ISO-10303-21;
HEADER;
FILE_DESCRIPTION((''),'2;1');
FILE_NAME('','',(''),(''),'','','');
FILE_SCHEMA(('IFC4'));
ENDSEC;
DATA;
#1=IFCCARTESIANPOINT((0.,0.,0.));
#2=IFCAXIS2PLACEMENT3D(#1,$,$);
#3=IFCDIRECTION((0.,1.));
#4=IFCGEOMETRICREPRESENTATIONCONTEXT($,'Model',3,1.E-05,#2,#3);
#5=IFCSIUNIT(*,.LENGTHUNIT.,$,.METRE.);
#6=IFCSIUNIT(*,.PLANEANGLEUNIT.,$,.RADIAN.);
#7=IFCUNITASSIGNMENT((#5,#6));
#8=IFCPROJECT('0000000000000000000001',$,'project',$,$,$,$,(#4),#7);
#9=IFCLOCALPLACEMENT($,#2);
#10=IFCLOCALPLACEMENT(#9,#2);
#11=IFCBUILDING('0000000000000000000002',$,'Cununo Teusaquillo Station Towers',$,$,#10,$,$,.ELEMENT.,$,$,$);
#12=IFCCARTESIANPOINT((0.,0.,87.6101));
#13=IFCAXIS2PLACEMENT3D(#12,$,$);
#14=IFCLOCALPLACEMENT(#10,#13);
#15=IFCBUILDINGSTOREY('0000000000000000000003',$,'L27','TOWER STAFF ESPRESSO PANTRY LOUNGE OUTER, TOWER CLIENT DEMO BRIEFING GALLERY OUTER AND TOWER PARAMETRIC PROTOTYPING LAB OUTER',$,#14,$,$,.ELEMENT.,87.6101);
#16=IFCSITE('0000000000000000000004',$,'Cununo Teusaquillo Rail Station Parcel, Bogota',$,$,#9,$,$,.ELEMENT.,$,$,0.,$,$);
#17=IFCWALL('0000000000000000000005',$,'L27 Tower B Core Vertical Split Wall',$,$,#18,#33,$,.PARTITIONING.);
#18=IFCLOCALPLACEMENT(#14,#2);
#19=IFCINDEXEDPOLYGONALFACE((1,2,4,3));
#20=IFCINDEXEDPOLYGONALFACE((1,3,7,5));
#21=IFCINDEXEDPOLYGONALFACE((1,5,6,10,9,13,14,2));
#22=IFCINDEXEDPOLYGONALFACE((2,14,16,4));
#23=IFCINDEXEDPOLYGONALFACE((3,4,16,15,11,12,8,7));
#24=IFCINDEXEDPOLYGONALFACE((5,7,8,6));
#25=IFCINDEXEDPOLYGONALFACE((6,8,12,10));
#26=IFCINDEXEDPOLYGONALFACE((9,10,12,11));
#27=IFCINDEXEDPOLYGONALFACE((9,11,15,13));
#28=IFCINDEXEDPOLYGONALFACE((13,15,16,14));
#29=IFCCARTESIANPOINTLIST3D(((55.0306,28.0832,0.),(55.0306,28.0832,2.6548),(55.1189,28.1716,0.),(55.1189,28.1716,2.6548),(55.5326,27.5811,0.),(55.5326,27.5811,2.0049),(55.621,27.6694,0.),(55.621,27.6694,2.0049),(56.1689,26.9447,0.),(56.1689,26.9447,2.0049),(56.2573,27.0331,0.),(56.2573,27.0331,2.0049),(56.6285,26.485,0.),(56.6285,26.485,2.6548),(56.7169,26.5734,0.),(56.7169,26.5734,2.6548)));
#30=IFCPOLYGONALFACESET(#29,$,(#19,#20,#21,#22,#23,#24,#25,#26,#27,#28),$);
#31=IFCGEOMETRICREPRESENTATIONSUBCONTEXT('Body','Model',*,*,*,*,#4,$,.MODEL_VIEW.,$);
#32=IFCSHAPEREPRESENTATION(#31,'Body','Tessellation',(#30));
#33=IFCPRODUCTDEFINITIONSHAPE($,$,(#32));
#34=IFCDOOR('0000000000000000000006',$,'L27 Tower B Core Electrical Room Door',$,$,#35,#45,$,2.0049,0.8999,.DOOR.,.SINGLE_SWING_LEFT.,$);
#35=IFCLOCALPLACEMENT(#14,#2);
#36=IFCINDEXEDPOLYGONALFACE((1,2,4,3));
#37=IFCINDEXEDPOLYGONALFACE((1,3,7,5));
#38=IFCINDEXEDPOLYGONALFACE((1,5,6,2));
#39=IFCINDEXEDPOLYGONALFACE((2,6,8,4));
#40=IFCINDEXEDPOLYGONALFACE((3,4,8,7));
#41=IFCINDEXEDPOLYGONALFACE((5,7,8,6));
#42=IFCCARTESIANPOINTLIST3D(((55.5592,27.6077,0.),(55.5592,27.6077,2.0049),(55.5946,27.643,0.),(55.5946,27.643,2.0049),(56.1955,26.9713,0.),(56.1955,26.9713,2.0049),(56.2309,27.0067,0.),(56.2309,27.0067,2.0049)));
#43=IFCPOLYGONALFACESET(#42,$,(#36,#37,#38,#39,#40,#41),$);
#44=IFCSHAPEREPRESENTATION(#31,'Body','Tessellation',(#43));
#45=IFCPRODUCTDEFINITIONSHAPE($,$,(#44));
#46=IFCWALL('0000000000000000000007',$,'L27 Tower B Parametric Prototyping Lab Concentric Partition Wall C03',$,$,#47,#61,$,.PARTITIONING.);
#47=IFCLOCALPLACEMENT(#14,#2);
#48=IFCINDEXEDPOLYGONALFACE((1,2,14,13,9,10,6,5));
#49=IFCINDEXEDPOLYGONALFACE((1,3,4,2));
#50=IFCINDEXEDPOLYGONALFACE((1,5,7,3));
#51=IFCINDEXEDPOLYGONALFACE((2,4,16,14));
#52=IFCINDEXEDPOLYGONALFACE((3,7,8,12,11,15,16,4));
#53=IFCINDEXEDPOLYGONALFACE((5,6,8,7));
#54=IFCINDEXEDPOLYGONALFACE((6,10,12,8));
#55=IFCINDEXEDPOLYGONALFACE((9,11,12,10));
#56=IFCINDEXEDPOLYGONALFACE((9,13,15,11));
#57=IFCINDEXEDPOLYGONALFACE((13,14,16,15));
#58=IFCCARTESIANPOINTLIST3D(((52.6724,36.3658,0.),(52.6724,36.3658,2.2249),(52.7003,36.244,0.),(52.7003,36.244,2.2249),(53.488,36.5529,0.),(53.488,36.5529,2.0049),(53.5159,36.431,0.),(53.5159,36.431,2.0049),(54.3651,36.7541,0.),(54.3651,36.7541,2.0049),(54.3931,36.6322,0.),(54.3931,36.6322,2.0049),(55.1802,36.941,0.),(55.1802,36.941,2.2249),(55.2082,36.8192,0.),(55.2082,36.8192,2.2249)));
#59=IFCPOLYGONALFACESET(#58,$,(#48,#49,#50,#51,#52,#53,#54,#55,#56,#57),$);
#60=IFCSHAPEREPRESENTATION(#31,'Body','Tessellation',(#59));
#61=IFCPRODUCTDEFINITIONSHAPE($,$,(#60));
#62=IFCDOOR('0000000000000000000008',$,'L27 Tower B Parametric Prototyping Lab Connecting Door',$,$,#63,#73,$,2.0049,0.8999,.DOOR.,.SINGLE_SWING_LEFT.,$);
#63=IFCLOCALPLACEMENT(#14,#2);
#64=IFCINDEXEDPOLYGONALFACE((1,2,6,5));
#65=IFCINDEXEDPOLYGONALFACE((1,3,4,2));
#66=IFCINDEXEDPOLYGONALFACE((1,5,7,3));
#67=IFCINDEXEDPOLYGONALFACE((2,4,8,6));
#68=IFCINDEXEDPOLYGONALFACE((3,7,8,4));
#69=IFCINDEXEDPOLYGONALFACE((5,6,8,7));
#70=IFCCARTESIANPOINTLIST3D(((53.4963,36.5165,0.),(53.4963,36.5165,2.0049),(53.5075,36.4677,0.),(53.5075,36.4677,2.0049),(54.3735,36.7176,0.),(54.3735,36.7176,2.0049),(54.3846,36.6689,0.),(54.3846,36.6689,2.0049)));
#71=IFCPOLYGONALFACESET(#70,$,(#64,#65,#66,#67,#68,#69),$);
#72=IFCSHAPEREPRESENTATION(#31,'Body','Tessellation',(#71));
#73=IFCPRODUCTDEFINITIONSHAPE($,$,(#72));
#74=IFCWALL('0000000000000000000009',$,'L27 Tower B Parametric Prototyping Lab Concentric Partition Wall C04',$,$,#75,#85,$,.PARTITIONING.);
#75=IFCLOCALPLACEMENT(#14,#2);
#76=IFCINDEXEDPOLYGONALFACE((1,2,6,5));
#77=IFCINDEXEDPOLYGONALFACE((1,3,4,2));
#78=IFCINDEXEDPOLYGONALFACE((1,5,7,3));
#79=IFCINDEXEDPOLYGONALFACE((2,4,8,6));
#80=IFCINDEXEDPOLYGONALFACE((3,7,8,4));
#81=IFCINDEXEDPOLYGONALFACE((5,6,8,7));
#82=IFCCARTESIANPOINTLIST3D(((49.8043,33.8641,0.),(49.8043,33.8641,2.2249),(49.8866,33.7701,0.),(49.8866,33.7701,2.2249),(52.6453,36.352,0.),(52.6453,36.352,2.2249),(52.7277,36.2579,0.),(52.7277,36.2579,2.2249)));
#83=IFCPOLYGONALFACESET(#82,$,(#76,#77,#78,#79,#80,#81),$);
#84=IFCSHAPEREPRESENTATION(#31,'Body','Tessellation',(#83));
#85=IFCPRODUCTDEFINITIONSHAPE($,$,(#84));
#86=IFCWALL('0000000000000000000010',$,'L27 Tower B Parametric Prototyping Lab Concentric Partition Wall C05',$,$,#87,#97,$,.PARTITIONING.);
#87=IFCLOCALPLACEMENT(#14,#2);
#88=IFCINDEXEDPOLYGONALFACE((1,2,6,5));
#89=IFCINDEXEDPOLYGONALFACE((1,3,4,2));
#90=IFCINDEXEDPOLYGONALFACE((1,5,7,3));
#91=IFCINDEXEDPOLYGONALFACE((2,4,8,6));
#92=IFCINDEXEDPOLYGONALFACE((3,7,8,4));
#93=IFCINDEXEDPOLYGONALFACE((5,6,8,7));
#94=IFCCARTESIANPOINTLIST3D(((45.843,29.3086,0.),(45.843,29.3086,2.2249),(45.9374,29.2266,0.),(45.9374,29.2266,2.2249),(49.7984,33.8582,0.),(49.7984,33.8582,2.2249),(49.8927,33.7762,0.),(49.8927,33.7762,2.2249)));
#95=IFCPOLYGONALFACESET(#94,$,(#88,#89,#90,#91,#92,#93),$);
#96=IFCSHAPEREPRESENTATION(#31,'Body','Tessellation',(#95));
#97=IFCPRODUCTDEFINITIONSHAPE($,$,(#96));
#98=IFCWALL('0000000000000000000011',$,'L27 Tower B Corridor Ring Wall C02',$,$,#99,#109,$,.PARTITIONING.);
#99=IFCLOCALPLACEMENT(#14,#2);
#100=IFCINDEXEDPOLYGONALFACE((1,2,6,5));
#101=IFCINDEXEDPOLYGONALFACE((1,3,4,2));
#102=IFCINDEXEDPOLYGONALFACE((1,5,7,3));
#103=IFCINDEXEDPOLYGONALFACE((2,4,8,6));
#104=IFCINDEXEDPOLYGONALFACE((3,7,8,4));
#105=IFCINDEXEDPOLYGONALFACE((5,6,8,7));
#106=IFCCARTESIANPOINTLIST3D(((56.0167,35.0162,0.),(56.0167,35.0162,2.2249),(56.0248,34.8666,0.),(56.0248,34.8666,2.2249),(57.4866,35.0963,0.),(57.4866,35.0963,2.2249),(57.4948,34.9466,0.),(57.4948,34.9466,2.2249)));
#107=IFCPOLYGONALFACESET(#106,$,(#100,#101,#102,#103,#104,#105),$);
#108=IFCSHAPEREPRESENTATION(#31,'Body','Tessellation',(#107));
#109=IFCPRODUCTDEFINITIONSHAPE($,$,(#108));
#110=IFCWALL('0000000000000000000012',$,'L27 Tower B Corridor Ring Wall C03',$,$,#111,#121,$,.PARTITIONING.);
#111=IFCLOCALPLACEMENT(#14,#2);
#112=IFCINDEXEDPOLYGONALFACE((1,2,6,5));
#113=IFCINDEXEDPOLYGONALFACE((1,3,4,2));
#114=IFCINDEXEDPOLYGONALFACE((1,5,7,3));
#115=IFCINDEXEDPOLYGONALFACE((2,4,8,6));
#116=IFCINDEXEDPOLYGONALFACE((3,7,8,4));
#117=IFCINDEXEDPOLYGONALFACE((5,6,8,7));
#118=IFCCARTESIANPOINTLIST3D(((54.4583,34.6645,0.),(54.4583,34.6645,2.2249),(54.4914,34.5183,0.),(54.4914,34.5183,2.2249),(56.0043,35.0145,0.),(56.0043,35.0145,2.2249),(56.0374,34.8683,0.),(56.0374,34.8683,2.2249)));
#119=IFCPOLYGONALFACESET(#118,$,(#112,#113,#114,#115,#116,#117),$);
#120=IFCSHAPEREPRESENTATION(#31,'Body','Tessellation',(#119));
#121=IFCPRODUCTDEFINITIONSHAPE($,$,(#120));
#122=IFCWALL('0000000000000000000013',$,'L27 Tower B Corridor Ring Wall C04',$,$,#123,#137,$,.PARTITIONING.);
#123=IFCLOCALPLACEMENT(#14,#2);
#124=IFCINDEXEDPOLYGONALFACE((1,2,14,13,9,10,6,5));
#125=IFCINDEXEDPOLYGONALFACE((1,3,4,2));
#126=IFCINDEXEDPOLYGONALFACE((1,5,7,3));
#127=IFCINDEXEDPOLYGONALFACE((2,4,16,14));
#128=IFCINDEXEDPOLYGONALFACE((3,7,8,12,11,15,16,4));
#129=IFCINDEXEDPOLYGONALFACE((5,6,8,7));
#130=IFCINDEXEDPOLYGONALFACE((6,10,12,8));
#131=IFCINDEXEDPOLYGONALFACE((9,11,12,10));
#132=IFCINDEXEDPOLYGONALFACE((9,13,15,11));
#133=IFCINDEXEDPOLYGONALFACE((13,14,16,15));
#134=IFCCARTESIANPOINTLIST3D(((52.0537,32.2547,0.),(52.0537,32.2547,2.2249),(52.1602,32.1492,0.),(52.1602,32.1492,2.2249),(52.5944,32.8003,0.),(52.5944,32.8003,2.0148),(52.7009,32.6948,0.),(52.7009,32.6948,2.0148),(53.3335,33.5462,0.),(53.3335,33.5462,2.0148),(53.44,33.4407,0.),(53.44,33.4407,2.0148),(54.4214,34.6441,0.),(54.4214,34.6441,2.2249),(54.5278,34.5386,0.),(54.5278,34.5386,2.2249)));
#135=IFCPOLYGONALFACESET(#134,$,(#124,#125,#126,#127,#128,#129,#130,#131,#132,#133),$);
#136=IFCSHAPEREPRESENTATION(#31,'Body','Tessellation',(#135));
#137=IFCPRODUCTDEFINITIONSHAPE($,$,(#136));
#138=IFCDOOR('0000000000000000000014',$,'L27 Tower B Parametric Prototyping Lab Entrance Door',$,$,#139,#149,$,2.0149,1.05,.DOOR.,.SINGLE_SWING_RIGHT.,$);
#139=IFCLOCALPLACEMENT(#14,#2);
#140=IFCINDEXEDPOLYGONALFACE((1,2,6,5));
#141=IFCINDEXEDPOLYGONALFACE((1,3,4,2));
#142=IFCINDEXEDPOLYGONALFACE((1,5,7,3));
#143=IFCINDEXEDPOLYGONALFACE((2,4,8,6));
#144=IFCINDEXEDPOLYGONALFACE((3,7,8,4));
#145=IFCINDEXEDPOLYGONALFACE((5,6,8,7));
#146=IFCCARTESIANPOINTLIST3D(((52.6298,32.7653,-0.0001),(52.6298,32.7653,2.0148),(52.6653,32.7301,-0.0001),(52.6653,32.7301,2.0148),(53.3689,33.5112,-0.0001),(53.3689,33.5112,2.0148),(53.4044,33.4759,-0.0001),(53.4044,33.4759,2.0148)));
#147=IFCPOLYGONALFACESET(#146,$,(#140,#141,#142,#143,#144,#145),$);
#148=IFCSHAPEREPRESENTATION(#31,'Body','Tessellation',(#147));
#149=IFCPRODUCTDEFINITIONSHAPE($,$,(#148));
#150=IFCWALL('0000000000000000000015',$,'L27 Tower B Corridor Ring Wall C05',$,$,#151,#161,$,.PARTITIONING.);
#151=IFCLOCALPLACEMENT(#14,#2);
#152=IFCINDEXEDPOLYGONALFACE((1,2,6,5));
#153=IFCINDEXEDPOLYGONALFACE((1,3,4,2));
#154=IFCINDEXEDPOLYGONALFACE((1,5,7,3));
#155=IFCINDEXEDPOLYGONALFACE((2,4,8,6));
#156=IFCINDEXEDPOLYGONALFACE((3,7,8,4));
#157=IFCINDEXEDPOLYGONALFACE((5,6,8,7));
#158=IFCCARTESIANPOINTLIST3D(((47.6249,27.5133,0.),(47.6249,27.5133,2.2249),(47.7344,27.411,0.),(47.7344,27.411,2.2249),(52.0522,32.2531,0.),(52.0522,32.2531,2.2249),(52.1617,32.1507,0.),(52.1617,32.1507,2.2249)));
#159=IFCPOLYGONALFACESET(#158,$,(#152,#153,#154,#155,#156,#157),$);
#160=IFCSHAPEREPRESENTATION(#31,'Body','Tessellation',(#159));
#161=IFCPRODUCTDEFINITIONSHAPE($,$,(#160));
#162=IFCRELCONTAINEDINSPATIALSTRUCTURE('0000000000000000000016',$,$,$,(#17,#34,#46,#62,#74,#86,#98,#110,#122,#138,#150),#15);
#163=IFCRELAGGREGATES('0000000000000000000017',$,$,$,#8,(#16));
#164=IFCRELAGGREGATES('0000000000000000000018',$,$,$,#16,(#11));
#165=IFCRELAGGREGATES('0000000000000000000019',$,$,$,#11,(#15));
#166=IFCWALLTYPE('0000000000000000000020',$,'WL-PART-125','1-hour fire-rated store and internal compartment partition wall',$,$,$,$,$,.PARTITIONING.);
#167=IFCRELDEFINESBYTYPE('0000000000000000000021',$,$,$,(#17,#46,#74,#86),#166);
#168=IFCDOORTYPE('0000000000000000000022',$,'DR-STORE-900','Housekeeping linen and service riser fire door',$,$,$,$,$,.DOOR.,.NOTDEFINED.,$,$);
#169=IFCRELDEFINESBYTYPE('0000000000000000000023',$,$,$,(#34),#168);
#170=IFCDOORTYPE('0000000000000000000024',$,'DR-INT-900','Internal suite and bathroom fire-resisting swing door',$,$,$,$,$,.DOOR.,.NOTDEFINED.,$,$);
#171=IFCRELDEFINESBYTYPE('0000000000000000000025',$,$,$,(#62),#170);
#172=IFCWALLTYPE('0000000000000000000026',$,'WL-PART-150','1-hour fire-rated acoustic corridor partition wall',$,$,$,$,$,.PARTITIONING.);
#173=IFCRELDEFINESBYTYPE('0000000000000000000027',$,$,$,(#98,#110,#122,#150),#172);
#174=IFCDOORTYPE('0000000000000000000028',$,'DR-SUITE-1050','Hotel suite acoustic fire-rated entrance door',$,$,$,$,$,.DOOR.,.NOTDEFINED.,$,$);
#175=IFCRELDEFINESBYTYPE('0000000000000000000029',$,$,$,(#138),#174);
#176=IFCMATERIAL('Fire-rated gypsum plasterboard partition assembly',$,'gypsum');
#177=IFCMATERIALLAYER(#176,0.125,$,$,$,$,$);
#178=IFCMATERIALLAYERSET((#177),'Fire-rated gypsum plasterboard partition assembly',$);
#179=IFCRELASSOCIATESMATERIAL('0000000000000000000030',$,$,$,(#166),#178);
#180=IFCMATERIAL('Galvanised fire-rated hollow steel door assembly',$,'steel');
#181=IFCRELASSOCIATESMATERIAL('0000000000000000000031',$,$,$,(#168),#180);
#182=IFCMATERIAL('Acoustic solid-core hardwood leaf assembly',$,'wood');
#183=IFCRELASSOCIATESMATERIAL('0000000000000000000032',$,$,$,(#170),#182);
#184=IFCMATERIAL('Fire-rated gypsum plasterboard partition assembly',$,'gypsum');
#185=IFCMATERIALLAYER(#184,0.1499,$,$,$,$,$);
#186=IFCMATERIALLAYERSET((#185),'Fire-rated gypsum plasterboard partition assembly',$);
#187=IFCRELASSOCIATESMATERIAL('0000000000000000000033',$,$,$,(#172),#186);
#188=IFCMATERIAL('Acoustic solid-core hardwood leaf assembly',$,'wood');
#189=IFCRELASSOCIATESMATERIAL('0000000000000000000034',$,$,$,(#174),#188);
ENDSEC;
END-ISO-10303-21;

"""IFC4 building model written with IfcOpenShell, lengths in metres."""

from ifc_helpers import new_model, si_unit, direction, frame, frame_2d, origin, place, context, subcontext, project, spatial, rectangle, extrude, source, transform, mapped, material, layer, layer_set, type_object, element, fill, save


model = new_model("IFC4")

# Units and contexts
model_context = context("Model", 3, precision=1e-05, world=origin(), true_north=direction((0.0, 1.0)))
body_context = subcontext(model_context, "Body", "Model", "MODEL_VIEW")
ifc_project = project(units=[si_unit("LENGTHUNIT", "METRE"), si_unit("PLANEANGLEUNIT", "RADIAN")], contexts=[model_context])

# Site, building, storey
site_placement = place(None, origin())
site = spatial("IfcSite", under=ifc_project, at=site_placement, Name="Cununo Teusaquillo Rail Station Parcel, Bogota", CompositionType="ELEMENT", RefElevation=0.0)
building_placement = place(site_placement, origin())
building = spatial("IfcBuilding", under=site, at=building_placement, Name="Cununo Teusaquillo Station Towers", CompositionType="ELEMENT")
storey_placement = place(building_placement, frame((0.0, 0.0, 87.6101)))
storey = spatial("IfcBuildingStorey", under=building, at=storey_placement, Name="L27", Description="TOWER STAFF ESPRESSO PANTRY LOUNGE OUTER, TOWER CLIENT DEMO BRIEFING GALLERY OUTER AND TOWER PARAMETRIC PROTOTYPING LAB OUTER", CompositionType="ELEMENT", Elevation=87.6101)

# Walls, openings, doors
ifc_material_1 = material(Name="Fire-rated gypsum plasterboard partition assembly", Category="gypsum")
ifc_layer_1 = layer(ifc_material_1, 0.125)
ifc_layer_set_1 = layer_set([ifc_layer_1], Name="Fire-rated gypsum plasterboard partition assembly")
wall_type_1 = type_object("IfcWallType", Name="WL-PART-125", Description="1-hour fire-rated store and internal compartment partition wall", PredefinedType="PARTITIONING", material=ifc_layer_set_1)
wall_1_placement = place(storey_placement, frame((56.6726, 26.5293, 0.0), z_axis=(0.0, 0.0, 1.0), x_axis=(-0.707053, 0.707161, 0.0)))
wall_1 = element("IfcWall", 1, at=wall_1_placement, inside=storey, type_object=wall_type_1, Name="L27 Tower B Core Vertical Split Wall", PredefinedType="PARTITIONING", context=body_context, shape_type="SweptSolid", body=[
    extrude(rectangle(XDim=2.26, YDim=0.125, at=frame_2d((1.1299, 0.0))), origin(), (0.0, 0.0, 1.0), 2.6548),
])
shared_shape_1 = source(origin(), body_context, "Body", "SweptSolid", [
    extrude(rectangle(XDim=0.8999, YDim=2.0049, at=frame_2d((0.45, 1.0024))), frame((0.0, 0.0725, 0.0), z_axis=(0.0, -1.0, 0.0), x_axis=(1.0, 0.0, 0.0)), (0.0, 0.0, 1.0), 0.145),
])
opening_1_placement = place(wall_1_placement, frame((0.6499, 0.0, 0.0)))
opening_1 = element("IfcOpeningElement", 2, at=opening_1_placement, cuts=wall_1, PredefinedType="OPENING", context=body_context, shape_type="MappedRepresentation", body=[
    mapped(shared_shape_1, transform((0.0, 0.0, 0.0), x_axis=(1.0, 0.0, 0.0), y_axis=(0.0, 1.0, 0.0), z_axis=(0.0, 0.0, 1.0), scale=1.0)),
])
ifc_material_2 = material(Name="Galvanised fire-rated hollow steel door assembly", Category="steel")
door_type_1 = type_object("IfcDoorType", Name="DR-STORE-900", Description="Housekeeping linen and service riser fire door", OperationType="NOTDEFINED", PredefinedType="DOOR", material=ifc_material_2)
shared_shape_2 = source(origin(), body_context, "Body", "SweptSolid", [
    extrude(rectangle(XDim=0.8999, YDim=2.0049, at=frame_2d((0.45, 1.0024))), frame((0.0, 0.0249, 0.0), z_axis=(0.0, -1.0, 0.0), x_axis=(1.0, 0.0, 0.0)), (0.0, 0.0, 1.0), 0.05),
])
door_1_placement = place(opening_1_placement, origin())
door_1 = element("IfcDoor", 3, at=door_1_placement, inside=storey, type_object=door_type_1, Name="L27 Tower B Core Electrical Room Door", OperationType="SINGLE_SWING_LEFT", OverallHeight=2.0049, OverallWidth=0.8999, PredefinedType="DOOR", context=body_context, shape_type="MappedRepresentation", body=[
    mapped(shared_shape_2, transform((0.0, 0.0, 0.0), x_axis=(1.0, 0.0, 0.0), y_axis=(0.0, 1.0, 0.0), z_axis=(0.0, 0.0, 1.0), scale=1.0)),
])
fill(opening_1, door_1)
wall_2_placement = place(storey_placement, frame((55.1943, 36.8801, 0.0), z_axis=(0.0, 0.0, 1.0), x_axis=(-0.974691, -0.223556, 0.0)))
wall_2 = element("IfcWall", 4, at=wall_2_placement, inside=storey, type_object=wall_type_1, Name="L27 Tower B Parametric Prototyping Lab Concentric Partition Wall C03", PredefinedType="PARTITIONING", context=body_context, shape_type="SweptSolid", body=[
    extrude(rectangle(XDim=2.573, YDim=0.125, at=frame_2d((1.2866, 0.0))), origin(), (0.0, 0.0, 1.0), 2.2249),
])
opening_2_placement = place(wall_2_placement, frame((0.8364, 0.0, 0.0)))
opening_2 = element("IfcOpeningElement", 5, at=opening_2_placement, cuts=wall_2, PredefinedType="OPENING", context=body_context, shape_type="MappedRepresentation", body=[
    mapped(shared_shape_1, transform((0.0, 0.0, 0.0), x_axis=(1.0, 0.0, 0.0), y_axis=(0.0, 1.0, 0.0), z_axis=(0.0, 0.0, 1.0), scale=1.0)),
])
ifc_material_3 = material(Name="Acoustic solid-core hardwood leaf assembly", Category="wood")
door_type_2 = type_object("IfcDoorType", Name="DR-INT-900", Description="Internal suite and bathroom fire-resisting swing door", OperationType="NOTDEFINED", PredefinedType="DOOR", material=ifc_material_3)
door_2_placement = place(opening_2_placement, origin())
door_2 = element("IfcDoor", 6, at=door_2_placement, inside=storey, type_object=door_type_2, Name="L27 Tower B Parametric Prototyping Lab Connecting Door", OperationType="SINGLE_SWING_LEFT", OverallHeight=2.0049, OverallWidth=0.8999, PredefinedType="DOOR", context=body_context, shape_type="MappedRepresentation", body=[
    mapped(shared_shape_2, transform((0.0, 0.0, 0.0), x_axis=(1.0, 0.0, 0.0), y_axis=(0.0, 1.0, 0.0), z_axis=(0.0, 0.0, 1.0), scale=1.0)),
])
fill(opening_2, door_2)

# Walls
wall_3_placement = place(storey_placement, frame((52.6865, 36.3049, 0.0), z_axis=(0.0, 0.0, 1.0), x_axis=(-0.752332, -0.658784, 0.0)))
element("IfcWall", 7, at=wall_3_placement, inside=storey, type_object=wall_type_1, Name="L27 Tower B Parametric Prototyping Lab Concentric Partition Wall C04", PredefinedType="PARTITIONING", context=body_context, shape_type="SweptSolid", body=[
    extrude(rectangle(XDim=3.7764, YDim=0.125, at=frame_2d((1.8882, 0.0))), origin(), (0.0, 0.0, 1.0), 2.2249),
])
wall_4_placement = place(storey_placement, frame((49.8455, 33.8171, 0.0), z_axis=(0.0, 0.0, 1.0), x_axis=(-0.656102, -0.754673, 0.0)))
element("IfcWall", 8, at=wall_4_placement, inside=storey, type_object=wall_type_1, Name="L27 Tower B Parametric Prototyping Lab Concentric Partition Wall C05", PredefinedType="PARTITIONING", context=body_context, shape_type="SweptSolid", body=[
    extrude(rectangle(XDim=6.0286, YDim=0.125, at=frame_2d((3.0142, 0.0))), origin(), (0.0, 0.0, 1.0), 2.2249),
])
ifc_material_4 = material(Name="Fire-rated gypsum plasterboard partition assembly", Category="gypsum")
ifc_layer_2 = layer(ifc_material_4, 0.1499)
ifc_layer_set_2 = layer_set([ifc_layer_2], Name="Fire-rated gypsum plasterboard partition assembly")
wall_type_2 = type_object("IfcWallType", Name="WL-PART-150", Description="1-hour fire-rated acoustic corridor partition wall", PredefinedType="PARTITIONING", material=ifc_layer_set_2)
wall_5_placement = place(storey_placement, frame((57.4907, 35.0215, 0.0), z_axis=(0.0, 0.0, 1.0), x_axis=(-0.998519, -0.054395, 0.0)))
element("IfcWall", 9, at=wall_5_placement, inside=storey, type_object=wall_type_2, Name="L27 Tower B Corridor Ring Wall C02", PredefinedType="PARTITIONING", context=body_context, shape_type="SweptSolid", body=[
    extrude(rectangle(XDim=1.4722, YDim=0.1499, at=frame_2d((0.7361, 0.0))), origin(), (0.0, 0.0, 1.0), 2.2249),
])
wall_6_placement = place(storey_placement, frame((56.0208, 34.9414, 0.0), z_axis=(0.0, 0.0, 1.0), x_axis=(-0.97531, -0.220842, 0.0)))
element("IfcWall", 10, at=wall_6_placement, inside=storey, type_object=wall_type_2, Name="L27 Tower B Corridor Ring Wall C03", PredefinedType="PARTITIONING", context=body_context, shape_type="SweptSolid", body=[
    extrude(rectangle(XDim=1.5852, YDim=0.1499, at=frame_2d((0.7925, 0.0))), origin(), (0.0, 0.0, 1.0), 2.2249),
])

# Wall, opening, door
wall_7_placement = place(storey_placement, frame((54.4746, 34.5913, 0.0), z_axis=(0.0, 0.0, 1.0), x_axis=(-0.70387, -0.710329, 0.0)))
wall_7 = element("IfcWall", 11, at=wall_7_placement, inside=storey, type_object=wall_type_2, Name="L27 Tower B Corridor Ring Wall C04", PredefinedType="PARTITIONING", context=body_context, shape_type="SweptSolid", body=[
    extrude(rectangle(XDim=3.3638, YDim=0.1499, at=frame_2d((1.6819, 0.0))), origin(), (0.0, 0.0, 1.0), 2.2249),
])
shared_shape_3 = source(origin(), body_context, "Body", "SweptSolid", [
    extrude(rectangle(XDim=1.05, YDim=2.0149, at=frame_2d((0.5249, 1.0073))), frame((0.0, 0.085, 0.0), z_axis=(0.0, -1.0, 0.0), x_axis=(1.0, 0.0, 0.0)), (0.0, 0.0, 1.0), 0.1699),
])
opening_3_placement = place(wall_7_placement, frame((1.5457, 0.0, 0.0)))
opening_3 = element("IfcOpeningElement", 12, at=opening_3_placement, cuts=wall_7, PredefinedType="OPENING", context=body_context, shape_type="MappedRepresentation", body=[
    mapped(shared_shape_3, transform((0.0, 0.0, 0.0), x_axis=(1.0, 0.0, 0.0), y_axis=(0.0, 1.0, 0.0), z_axis=(0.0, 0.0, 1.0), scale=1.0)),
])
ifc_material_5 = material(Name="Acoustic solid-core hardwood leaf assembly", Category="wood")
door_type_3 = type_object("IfcDoorType", Name="DR-SUITE-1050", Description="Hotel suite acoustic fire-rated entrance door", OperationType="NOTDEFINED", PredefinedType="DOOR", material=ifc_material_5)
shared_shape_4 = source(origin(), body_context, "Body", "SweptSolid", [
    extrude(rectangle(XDim=1.05, YDim=2.0149, at=frame_2d((0.5249, 1.0073))), frame((0.0, 0.0249, 0.0), z_axis=(0.0, -1.0, 0.0), x_axis=(1.0, 0.0, 0.0)), (0.0, 0.0, 1.0), 0.05),
])
door_3_placement = place(opening_3_placement, origin())
door_3 = element("IfcDoor", 13, at=door_3_placement, inside=storey, type_object=door_type_3, Name="L27 Tower B Parametric Prototyping Lab Entrance Door", OperationType="SINGLE_SWING_RIGHT", OverallHeight=2.0149, OverallWidth=1.05, PredefinedType="DOOR", context=body_context, shape_type="MappedRepresentation", body=[
    mapped(shared_shape_4, transform((0.0, 0.0, 0.0), x_axis=(1.0, 0.0, 0.0), y_axis=(0.0, 1.0, 0.0), z_axis=(0.0, 0.0, 1.0), scale=1.0)),
])
fill(opening_3, door_3)

# Wall
wall_8_placement = place(storey_placement, frame((52.1069, 32.2019, 0.0), z_axis=(0.0, 0.0, 1.0), x_axis=(-0.682605, -0.730787, 0.0)))
element("IfcWall", 14, at=wall_8_placement, inside=storey, type_object=wall_type_2, Name="L27 Tower B Corridor Ring Wall C05", PredefinedType="PARTITIONING", context=body_context, shape_type="SweptSolid", body=[
    extrude(rectangle(XDim=6.4858, YDim=0.1499, at=frame_2d((3.2429, 0.0))), origin(), (0.0, 0.0, 1.0), 2.2249),
])

save(model, "model.ifc")
